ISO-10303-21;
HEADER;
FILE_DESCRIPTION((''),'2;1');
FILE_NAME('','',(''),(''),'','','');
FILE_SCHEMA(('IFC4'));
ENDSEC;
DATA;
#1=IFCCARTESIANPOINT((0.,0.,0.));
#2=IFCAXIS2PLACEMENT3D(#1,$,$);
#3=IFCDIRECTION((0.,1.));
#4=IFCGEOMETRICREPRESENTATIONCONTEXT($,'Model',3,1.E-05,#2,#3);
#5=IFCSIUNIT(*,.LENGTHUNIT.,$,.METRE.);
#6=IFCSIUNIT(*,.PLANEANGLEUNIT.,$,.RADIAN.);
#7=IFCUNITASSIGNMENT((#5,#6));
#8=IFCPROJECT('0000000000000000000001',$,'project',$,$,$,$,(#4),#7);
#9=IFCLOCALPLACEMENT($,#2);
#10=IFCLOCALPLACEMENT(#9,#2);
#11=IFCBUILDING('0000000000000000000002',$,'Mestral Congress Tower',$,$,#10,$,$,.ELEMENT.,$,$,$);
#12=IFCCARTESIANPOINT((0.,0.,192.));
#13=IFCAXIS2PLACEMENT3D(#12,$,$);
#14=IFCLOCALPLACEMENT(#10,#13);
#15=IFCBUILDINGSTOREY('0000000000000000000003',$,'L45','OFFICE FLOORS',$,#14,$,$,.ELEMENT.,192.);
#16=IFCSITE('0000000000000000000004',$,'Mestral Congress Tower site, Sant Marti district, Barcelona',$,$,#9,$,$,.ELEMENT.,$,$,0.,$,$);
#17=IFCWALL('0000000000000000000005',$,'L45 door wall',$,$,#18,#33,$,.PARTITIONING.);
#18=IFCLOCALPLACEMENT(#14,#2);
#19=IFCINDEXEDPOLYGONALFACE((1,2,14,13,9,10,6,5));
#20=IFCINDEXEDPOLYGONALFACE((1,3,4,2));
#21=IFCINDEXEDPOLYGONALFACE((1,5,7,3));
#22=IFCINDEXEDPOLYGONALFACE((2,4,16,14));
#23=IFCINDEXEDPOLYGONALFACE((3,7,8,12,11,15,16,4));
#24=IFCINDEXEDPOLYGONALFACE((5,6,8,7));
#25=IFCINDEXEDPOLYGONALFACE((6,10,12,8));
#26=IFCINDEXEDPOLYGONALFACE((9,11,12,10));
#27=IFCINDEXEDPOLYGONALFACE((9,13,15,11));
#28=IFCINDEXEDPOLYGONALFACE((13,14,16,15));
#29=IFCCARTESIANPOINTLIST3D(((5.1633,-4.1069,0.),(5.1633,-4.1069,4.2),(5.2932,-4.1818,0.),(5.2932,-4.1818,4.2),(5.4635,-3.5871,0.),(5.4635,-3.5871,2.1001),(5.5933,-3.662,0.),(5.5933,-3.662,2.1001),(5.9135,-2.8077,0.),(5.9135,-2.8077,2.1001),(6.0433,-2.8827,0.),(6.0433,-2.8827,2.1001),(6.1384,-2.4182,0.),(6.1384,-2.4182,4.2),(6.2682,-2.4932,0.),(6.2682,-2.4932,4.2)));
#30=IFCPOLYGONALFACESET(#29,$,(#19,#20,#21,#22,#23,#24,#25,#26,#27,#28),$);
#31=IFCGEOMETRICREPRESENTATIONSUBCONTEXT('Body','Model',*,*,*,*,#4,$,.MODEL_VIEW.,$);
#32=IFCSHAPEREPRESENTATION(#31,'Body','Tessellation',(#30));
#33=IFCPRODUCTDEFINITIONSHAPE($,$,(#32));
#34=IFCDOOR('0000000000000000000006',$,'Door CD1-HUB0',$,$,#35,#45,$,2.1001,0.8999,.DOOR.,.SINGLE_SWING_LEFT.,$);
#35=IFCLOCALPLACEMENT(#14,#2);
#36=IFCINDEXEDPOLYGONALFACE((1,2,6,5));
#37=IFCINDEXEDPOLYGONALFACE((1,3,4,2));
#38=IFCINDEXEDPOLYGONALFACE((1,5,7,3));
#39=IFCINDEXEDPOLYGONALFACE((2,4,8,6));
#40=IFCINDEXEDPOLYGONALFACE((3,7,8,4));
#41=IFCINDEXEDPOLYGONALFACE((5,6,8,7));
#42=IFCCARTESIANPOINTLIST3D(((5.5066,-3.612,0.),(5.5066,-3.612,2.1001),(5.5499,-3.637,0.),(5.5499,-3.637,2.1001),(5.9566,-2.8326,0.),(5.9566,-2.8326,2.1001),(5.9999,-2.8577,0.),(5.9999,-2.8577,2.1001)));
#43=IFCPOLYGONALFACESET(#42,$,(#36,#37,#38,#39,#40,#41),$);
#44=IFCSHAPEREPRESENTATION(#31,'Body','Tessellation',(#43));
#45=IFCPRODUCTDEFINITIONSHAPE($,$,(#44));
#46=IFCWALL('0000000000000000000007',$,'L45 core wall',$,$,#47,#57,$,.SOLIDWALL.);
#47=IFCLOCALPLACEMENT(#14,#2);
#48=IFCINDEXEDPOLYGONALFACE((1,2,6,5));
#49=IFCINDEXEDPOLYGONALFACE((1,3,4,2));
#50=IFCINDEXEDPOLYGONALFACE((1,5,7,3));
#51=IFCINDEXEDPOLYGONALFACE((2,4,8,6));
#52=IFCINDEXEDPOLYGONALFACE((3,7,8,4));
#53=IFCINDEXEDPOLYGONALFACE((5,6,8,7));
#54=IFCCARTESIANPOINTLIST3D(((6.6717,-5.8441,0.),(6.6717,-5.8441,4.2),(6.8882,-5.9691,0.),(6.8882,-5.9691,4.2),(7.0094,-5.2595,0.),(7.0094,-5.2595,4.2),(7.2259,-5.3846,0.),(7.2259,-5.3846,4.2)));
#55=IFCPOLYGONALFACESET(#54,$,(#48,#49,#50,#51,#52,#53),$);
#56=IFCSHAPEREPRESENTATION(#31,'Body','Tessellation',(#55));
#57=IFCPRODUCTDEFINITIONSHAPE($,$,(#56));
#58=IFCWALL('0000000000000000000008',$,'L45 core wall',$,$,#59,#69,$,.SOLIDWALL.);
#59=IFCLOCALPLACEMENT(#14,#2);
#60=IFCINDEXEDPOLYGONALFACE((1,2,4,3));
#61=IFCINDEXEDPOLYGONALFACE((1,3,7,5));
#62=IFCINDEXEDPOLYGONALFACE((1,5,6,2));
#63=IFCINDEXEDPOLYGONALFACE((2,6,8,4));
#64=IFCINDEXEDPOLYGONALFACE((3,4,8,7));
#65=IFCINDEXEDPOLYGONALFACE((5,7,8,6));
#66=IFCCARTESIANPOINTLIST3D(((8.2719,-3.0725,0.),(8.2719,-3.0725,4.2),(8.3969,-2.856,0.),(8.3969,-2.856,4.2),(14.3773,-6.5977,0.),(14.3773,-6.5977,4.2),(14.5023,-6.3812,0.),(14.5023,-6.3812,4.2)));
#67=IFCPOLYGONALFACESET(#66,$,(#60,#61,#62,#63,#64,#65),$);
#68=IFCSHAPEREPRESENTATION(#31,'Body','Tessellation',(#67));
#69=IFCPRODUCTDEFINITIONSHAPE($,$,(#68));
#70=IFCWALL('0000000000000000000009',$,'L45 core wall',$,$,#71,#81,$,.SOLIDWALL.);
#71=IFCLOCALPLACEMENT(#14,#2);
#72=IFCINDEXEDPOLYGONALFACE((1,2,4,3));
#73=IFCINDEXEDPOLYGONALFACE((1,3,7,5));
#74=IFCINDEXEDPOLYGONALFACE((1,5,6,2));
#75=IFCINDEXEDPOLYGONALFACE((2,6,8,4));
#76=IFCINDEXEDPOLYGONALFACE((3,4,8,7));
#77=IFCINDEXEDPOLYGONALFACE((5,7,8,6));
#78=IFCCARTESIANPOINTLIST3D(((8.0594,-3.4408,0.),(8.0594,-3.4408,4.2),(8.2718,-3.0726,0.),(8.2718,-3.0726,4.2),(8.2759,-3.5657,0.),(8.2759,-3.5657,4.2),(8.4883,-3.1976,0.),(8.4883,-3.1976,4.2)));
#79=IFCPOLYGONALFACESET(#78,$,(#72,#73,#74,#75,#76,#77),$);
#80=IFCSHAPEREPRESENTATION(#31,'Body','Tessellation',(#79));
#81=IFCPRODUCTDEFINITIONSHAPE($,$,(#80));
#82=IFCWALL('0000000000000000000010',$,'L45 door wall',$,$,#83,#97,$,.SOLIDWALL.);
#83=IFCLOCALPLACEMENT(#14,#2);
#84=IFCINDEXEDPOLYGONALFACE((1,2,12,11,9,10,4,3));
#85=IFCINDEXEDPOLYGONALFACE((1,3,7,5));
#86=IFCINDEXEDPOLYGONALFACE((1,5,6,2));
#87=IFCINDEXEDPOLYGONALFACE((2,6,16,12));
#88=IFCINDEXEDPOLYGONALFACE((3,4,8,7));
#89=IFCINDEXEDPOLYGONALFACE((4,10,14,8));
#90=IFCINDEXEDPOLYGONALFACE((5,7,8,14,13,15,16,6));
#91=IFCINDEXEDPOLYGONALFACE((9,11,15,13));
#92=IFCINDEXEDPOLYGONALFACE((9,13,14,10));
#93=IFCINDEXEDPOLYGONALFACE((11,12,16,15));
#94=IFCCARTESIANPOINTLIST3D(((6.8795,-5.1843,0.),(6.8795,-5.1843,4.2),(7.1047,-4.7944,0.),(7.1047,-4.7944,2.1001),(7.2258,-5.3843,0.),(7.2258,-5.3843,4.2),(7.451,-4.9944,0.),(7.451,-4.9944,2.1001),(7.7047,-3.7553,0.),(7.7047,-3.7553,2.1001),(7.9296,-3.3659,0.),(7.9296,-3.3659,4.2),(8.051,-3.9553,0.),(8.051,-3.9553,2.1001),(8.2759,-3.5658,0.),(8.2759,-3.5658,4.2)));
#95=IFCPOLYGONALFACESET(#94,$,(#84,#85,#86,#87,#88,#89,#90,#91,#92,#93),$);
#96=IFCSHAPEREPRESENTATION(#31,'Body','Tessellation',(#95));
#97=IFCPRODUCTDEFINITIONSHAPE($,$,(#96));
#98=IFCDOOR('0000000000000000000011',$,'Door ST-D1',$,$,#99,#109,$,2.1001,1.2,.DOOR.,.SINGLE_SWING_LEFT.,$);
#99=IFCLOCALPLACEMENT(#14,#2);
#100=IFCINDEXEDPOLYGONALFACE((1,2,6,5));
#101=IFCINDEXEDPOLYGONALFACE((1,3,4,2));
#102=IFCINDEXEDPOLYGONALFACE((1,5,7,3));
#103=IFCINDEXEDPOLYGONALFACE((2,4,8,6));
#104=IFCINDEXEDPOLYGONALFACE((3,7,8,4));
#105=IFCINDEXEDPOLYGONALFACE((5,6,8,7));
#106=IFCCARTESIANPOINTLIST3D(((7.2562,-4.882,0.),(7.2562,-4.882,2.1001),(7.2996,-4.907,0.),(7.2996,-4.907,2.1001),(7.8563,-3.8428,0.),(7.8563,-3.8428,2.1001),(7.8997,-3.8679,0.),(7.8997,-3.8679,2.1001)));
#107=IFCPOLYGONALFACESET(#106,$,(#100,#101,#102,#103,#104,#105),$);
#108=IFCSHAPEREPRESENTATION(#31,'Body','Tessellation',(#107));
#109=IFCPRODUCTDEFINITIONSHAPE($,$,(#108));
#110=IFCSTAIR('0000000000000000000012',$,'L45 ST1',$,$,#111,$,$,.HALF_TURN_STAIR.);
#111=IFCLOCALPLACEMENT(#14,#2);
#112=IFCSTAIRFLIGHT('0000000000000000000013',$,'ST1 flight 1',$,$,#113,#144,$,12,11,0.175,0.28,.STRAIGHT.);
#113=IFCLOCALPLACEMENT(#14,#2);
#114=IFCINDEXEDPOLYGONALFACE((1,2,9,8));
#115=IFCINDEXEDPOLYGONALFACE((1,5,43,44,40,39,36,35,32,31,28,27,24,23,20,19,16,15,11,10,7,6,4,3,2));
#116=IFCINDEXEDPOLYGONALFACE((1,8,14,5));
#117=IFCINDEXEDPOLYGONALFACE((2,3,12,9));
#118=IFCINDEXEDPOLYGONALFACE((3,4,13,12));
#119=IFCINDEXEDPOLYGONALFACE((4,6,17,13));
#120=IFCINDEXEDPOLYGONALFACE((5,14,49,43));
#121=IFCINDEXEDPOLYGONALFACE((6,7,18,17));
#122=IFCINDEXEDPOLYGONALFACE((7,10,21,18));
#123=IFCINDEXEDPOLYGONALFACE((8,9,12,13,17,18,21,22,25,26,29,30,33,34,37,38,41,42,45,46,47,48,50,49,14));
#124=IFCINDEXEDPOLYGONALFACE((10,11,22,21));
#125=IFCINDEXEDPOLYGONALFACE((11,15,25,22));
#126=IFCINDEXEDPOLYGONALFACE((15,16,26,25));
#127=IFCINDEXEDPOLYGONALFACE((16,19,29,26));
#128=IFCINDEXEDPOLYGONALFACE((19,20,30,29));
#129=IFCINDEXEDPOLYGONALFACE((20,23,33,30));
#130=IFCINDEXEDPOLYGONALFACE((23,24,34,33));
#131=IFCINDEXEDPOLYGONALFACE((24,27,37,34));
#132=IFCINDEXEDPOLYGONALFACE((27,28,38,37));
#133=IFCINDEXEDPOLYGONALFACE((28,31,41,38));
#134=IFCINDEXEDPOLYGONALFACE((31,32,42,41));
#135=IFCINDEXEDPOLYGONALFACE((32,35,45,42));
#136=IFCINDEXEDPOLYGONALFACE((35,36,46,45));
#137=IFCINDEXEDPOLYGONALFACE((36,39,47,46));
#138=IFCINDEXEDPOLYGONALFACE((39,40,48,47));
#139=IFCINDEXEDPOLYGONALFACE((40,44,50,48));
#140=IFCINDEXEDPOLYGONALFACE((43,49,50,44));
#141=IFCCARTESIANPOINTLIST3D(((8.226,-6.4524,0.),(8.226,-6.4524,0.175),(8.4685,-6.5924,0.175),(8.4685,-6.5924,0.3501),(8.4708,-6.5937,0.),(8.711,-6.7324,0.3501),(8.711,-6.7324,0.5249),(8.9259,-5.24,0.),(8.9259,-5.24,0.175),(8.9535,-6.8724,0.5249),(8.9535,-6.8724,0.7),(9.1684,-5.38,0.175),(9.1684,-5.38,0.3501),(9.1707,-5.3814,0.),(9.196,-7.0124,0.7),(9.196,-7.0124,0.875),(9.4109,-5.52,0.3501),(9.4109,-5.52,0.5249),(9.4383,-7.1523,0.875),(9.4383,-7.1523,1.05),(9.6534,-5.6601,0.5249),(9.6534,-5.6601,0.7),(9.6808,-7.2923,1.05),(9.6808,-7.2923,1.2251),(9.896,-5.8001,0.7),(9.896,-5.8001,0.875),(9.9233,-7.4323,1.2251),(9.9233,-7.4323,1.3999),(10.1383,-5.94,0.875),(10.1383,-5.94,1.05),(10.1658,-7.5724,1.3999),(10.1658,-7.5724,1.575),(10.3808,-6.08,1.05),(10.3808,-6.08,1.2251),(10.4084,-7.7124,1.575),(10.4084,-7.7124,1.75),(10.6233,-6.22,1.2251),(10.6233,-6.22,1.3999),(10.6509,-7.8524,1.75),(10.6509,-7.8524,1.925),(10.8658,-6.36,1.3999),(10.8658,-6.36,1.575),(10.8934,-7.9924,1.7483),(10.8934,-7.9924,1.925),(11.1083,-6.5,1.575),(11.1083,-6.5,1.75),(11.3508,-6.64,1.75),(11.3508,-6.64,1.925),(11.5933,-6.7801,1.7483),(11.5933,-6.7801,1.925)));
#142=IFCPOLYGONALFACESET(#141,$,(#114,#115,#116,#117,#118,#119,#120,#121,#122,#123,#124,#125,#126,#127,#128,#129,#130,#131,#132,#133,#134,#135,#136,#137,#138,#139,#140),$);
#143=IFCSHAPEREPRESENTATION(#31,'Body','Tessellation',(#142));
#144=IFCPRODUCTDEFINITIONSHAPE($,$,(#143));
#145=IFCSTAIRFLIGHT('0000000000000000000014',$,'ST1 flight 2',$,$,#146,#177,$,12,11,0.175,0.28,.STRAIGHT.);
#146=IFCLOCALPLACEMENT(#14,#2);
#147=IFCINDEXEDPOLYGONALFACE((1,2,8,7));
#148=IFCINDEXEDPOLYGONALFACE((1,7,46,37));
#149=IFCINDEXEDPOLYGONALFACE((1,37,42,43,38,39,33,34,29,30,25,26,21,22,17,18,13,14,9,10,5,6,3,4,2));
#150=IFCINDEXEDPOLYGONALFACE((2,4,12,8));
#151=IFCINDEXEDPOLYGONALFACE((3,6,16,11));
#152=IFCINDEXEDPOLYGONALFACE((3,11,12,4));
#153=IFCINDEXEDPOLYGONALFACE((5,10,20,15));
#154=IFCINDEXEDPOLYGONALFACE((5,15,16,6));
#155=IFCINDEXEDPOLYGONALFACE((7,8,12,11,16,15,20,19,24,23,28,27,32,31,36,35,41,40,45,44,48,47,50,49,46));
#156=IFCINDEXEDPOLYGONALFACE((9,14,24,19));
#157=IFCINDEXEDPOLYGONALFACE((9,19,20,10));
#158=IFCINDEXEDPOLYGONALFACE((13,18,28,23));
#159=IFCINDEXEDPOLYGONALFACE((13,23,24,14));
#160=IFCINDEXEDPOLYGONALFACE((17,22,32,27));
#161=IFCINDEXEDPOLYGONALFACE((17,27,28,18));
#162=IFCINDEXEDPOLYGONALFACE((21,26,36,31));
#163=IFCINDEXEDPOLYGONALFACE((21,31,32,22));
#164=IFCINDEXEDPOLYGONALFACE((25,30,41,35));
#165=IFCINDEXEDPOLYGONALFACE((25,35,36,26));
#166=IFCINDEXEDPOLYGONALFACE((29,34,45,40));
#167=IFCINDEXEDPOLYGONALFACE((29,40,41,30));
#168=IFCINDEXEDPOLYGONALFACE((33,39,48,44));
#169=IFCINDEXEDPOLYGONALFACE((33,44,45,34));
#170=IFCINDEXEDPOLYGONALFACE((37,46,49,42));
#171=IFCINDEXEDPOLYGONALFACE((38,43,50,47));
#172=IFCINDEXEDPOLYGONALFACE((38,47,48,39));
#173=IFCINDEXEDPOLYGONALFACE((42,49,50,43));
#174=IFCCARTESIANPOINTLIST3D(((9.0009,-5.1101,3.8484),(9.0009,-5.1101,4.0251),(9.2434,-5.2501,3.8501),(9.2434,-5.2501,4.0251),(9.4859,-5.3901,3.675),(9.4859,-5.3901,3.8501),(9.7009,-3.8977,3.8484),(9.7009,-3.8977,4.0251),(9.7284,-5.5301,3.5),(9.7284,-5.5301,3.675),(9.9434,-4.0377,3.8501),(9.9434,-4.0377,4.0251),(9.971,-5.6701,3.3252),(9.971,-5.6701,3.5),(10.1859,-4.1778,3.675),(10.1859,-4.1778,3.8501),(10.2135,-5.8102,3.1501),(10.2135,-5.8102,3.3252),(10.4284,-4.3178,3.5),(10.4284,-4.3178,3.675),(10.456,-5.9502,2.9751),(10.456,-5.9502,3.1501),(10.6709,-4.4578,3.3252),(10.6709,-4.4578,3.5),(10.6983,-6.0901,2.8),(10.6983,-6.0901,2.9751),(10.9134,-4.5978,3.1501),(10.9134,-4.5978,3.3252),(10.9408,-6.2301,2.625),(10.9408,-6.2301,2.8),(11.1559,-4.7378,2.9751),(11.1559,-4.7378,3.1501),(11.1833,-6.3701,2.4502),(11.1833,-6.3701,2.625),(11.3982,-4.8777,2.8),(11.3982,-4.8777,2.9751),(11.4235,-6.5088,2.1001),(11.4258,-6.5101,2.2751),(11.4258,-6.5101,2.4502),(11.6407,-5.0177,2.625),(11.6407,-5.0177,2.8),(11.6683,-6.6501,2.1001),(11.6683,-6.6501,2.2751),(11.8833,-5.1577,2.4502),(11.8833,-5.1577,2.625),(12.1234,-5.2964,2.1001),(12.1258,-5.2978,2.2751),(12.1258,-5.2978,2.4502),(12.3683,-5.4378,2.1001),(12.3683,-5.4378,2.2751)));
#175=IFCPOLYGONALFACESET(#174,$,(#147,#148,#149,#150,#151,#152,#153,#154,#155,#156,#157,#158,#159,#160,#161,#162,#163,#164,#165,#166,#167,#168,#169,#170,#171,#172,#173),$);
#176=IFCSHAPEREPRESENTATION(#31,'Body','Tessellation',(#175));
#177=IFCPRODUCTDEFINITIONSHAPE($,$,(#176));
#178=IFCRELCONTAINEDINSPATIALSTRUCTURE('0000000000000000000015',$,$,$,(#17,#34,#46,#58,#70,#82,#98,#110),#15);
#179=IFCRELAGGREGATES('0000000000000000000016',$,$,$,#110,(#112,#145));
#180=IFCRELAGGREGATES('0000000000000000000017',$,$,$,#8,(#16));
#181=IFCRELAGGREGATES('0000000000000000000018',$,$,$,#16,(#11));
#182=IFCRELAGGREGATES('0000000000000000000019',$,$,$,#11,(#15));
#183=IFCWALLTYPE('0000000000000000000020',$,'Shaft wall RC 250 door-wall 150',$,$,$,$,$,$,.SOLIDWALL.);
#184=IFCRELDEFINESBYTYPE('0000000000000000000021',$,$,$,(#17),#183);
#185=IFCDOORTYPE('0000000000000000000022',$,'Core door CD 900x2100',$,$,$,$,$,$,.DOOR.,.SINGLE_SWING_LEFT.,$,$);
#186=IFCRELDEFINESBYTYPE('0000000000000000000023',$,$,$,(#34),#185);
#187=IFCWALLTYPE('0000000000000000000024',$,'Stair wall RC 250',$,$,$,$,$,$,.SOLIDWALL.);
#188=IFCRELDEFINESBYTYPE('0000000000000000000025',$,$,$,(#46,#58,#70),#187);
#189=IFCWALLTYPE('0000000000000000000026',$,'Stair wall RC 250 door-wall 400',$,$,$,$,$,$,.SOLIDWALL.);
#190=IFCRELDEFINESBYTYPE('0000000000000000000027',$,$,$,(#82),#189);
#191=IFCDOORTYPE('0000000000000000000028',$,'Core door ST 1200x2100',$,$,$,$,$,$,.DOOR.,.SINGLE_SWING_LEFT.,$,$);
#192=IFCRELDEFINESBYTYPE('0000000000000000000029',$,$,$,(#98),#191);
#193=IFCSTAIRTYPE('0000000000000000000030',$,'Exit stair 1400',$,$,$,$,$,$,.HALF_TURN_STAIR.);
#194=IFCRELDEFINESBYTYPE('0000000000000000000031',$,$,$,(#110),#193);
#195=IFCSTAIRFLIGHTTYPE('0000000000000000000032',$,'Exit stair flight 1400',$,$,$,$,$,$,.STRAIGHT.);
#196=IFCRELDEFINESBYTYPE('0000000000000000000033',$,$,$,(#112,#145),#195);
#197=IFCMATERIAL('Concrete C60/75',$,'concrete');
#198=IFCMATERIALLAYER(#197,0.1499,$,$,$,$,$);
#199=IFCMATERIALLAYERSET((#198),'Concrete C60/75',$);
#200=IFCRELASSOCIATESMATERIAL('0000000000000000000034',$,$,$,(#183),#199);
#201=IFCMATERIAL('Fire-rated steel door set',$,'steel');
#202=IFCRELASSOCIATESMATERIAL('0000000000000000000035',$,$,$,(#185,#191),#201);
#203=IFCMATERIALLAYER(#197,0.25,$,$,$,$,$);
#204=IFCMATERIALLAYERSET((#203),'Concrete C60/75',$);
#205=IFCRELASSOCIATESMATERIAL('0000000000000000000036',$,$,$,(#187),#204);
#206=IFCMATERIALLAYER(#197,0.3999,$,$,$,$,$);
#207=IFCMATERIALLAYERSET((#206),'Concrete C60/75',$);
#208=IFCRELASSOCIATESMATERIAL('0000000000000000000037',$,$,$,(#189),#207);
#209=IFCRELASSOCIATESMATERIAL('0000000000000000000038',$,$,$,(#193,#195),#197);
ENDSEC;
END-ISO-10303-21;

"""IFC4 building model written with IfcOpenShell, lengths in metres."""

from ifc_helpers import new_model, si_unit, direction, frame, frame_2d, origin, place, context, subcontext, project, spatial, polyline, rectangle, outline, extrude, material, layer, layer_set, type_object, element, fill, aggregate, save


model = new_model("IFC4")

# Units and contexts
model_context = context("Model", 3, precision=1e-05, world=origin(), true_north=direction((0.0, 1.0)))
body_context = subcontext(model_context, "Body", "Model", "MODEL_VIEW")
ifc_project = project(units=[si_unit("LENGTHUNIT", "METRE"), si_unit("PLANEANGLEUNIT", "RADIAN")], contexts=[model_context])

# Site, building, storey
site_placement = place(None, origin())
site = spatial("IfcSite", under=ifc_project, at=site_placement, Name="Mestral Congress Tower site, Sant Marti district, Barcelona", CompositionType="ELEMENT", RefElevation=0.0)
building_placement = place(site_placement, origin())
building = spatial("IfcBuilding", under=site, at=building_placement, Name="Mestral Congress Tower", CompositionType="ELEMENT")
storey_placement = place(building_placement, frame((0.0, 0.0, 192.0)))
storey = spatial("IfcBuildingStorey", under=building, at=storey_placement, Name="L45", Description="OFFICE FLOORS", CompositionType="ELEMENT", Elevation=192.0)

# Shared definitions
ifc_material_1 = material(Name="Concrete C60/75", Category="concrete")

# Shared definitions
ifc_material_2 = material(Name="Fire-rated steel door set", Category="steel")

# Shared definitions
ifc_layer_1 = layer(ifc_material_1, 0.1499)
ifc_layer_set_1 = layer_set([ifc_layer_1], Name="Concrete C60/75")
wall_type_1 = type_object("IfcWallType", Name="Shaft wall RC 250 door-wall 150", PredefinedType="SOLIDWALL", material=ifc_layer_set_1)

# Wall, opening, door
wall_1_placement = place(storey_placement, frame((6.2034, -2.4556, 0.0), z_axis=(0.0, 0.0, 1.0), x_axis=(-0.500044, -0.866, 0.0)))
wall_1 = element("IfcWall", 1, at=wall_1_placement, inside=storey, type_object=wall_type_1, Name="L45 door wall", PredefinedType="PARTITIONING", context=body_context, shape_type="SweptSolid", body=[
    extrude(rectangle(XDim=1.95, YDim=0.1499, at=frame_2d((0.9751, 0.0))), origin(), (0.0, 0.0, 1.0), 4.2),
])
opening_1_placement = place(wall_1_placement, frame((0.45, 0.0, 0.0)))
opening_1 = element("IfcOpeningElement", 2, at=opening_1_placement, cuts=wall_1, PredefinedType="OPENING", context=body_context, shape_type="SweptSolid", body=[
    extrude(rectangle(XDim=0.8999, YDim=2.1001, at=frame_2d((0.45, 1.05))), frame((0.0, 0.085, 0.0), z_axis=(0.0, -1.0, 0.0), x_axis=(1.0, 0.0, 0.0)), (0.0, 0.0, 1.0), 0.1699),
])
door_type_1 = type_object("IfcDoorType", Name="Core door CD 900x2100", OperationType="SINGLE_SWING_LEFT", PredefinedType="DOOR", material=ifc_material_2)
door_1_placement = place(opening_1_placement, origin())
door_1 = element("IfcDoor", 3, at=door_1_placement, inside=storey, type_object=door_type_1, Name="Door CD1-HUB0", OperationType="SINGLE_SWING_LEFT", OverallHeight=2.1001, OverallWidth=0.8999, PredefinedType="DOOR", context=body_context, shape_type="SweptSolid", body=[
    extrude(rectangle(XDim=0.8999, YDim=2.1001, at=frame_2d((0.45, 1.05))), frame((0.0, 0.0249, 0.0), z_axis=(0.0, -1.0, 0.0), x_axis=(1.0, 0.0, 0.0)), (0.0, 0.0, 1.0), 0.05),
])
fill(opening_1, door_1)

# Walls
ifc_layer_2 = layer(ifc_material_1, 0.25)
ifc_layer_set_2 = layer_set([ifc_layer_2], Name="Concrete C60/75")
wall_type_2 = type_object("IfcWallType", Name="Stair wall RC 250", PredefinedType="SOLIDWALL", material=ifc_layer_set_2)
wall_2_placement = place(storey_placement, frame((6.78, -5.9065, 0.0), z_axis=(0.0, 0.0, 1.0), x_axis=(0.500223, 0.865896, 0.0)))
element("IfcWall", 4, at=wall_2_placement, inside=storey, type_object=wall_type_2, Name="L45 core wall", PredefinedType="SOLIDWALL", context=body_context, shape_type="SweptSolid", body=[
    extrude(rectangle(XDim=0.675, YDim=0.25, at=frame_2d((0.3374, 0.0))), origin(), (0.0, 0.0, 1.0), 4.2),
])
wall_3_placement = place(storey_placement, frame((8.3345, -2.9644, 0.0), z_axis=(0.0, 0.0, 1.0), x_axis=(0.866016, -0.500016, 0.0)))
element("IfcWall", 5, at=wall_3_placement, inside=storey, type_object=wall_type_2, Name="L45 core wall", PredefinedType="SOLIDWALL", context=body_context, shape_type="SweptSolid", body=[
    extrude(rectangle(XDim=7.05, YDim=0.25, at=frame_2d((3.5249, 0.0))), origin(), (0.0, 0.0, 1.0), 4.2),
])
wall_4_placement = place(storey_placement, frame((8.1677, -3.5032, 0.0), z_axis=(0.0, 0.0, 1.0), x_axis=(0.499722, 0.866186, 0.0)))
element("IfcWall", 6, at=wall_4_placement, inside=storey, type_object=wall_type_2, Name="L45 core wall", PredefinedType="SOLIDWALL", context=body_context, shape_type="SweptSolid", body=[
    extrude(rectangle(XDim=0.425, YDim=0.25, at=frame_2d((0.2124, 0.0))), origin(), (0.0, 0.0, 1.0), 4.2),
])

# Wall, opening, door
ifc_layer_3 = layer(ifc_material_1, 0.3999)
ifc_layer_set_3 = layer_set([ifc_layer_3], Name="Concrete C60/75")
wall_type_3 = type_object("IfcWallType", Name="Stair wall RC 250 door-wall 400", PredefinedType="SOLIDWALL", material=ifc_layer_set_3)
wall_5_placement = place(storey_placement, frame((7.0527, -5.2842, 0.0), z_axis=(0.0, 0.0, 1.0), x_axis=(0.500078, 0.86598, 0.0)))
wall_5 = element("IfcWall", 7, at=wall_5_placement, inside=storey, type_object=wall_type_3, Name="L45 door wall", PredefinedType="SOLIDWALL", context=body_context, shape_type="SweptSolid", body=[
    extrude(rectangle(XDim=2.0999, YDim=0.3999, at=frame_2d((1.0498, 0.0))), origin(), (0.0, 0.0, 1.0), 4.2),
])
opening_2_placement = place(wall_5_placement, frame((0.45, 0.0, 0.0)))
opening_2 = element("IfcOpeningElement", 8, at=opening_2_placement, cuts=wall_5, PredefinedType="OPENING", context=body_context, shape_type="SweptSolid", body=[
    extrude(rectangle(XDim=1.2, YDim=2.1001, at=frame_2d((0.6001, 1.05))), frame((0.0, 0.21, 0.0), z_axis=(0.0, -1.0, 0.0), x_axis=(1.0, 0.0, 0.0)), (0.0, 0.0, 1.0), 0.4199),
])
door_type_2 = type_object("IfcDoorType", Name="Core door ST 1200x2100", OperationType="SINGLE_SWING_LEFT", PredefinedType="DOOR", material=ifc_material_2)
door_2_placement = place(opening_2_placement, origin())
door_2 = element("IfcDoor", 9, at=door_2_placement, inside=storey, type_object=door_type_2, Name="Door ST-D1", OperationType="SINGLE_SWING_LEFT", OverallHeight=2.1001, OverallWidth=1.2, PredefinedType="DOOR", context=body_context, shape_type="SweptSolid", body=[
    extrude(rectangle(XDim=1.2, YDim=2.1001, at=frame_2d((0.6001, 1.05))), frame((0.0, 0.0249, 0.0), z_axis=(0.0, -1.0, 0.0), x_axis=(1.0, 0.0, 0.0)), (0.0, 0.0, 1.0), 0.05),
])
fill(opening_2, door_2)

# Stair, stair flights
stair_type = type_object("IfcStairType", Name="Exit stair 1400", PredefinedType="HALF_TURN_STAIR", material=ifc_material_1)
stair_placement = place(storey_placement, origin())
stair = element("IfcStair", 10, at=stair_placement, inside=storey, type_object=stair_type, Name="L45 ST1", PredefinedType="HALF_TURN_STAIR")
stair_flight_type = type_object("IfcStairFlightType", Name="Exit stair flight 1400", PredefinedType="STRAIGHT", material=ifc_material_1)
stair_flight_1_placement = place(storey_placement, frame((8.5759, -5.8462, 0.0), z_axis=(0.0, 0.0, 1.0), x_axis=(0.866025, -0.5, 0.0)))
stair_flight_1 = element("IfcStairFlight", 11, at=stair_flight_1_placement, type_object=stair_flight_type, Name="ST1 flight 1", NumberOfRisers=12, NumberOfTreads=11, PredefinedType="STRAIGHT", RiserHeight=0.175, TreadLength=0.28, context=body_context, shape_type="SweptSolid", body=[
    extrude(outline(polyline([(0.0, 0.0), (0.0, 0.175), (0.28, 0.175), (0.28, 0.3501), (0.5601, 0.3501), (0.5601, 0.5249), (0.8401, 0.5249), (0.8401, 0.7), (1.1201, 0.7), (1.1201, 0.875), (1.3999, 0.875), (1.3999, 1.05), (1.6799, 1.05), (1.6799, 1.2251), (1.96, 1.2251), (1.96, 1.3999), (2.24, 1.3999), (2.24, 1.575), (2.52, 1.575), (2.52, 1.75), (2.8, 1.75), (2.8, 1.925), (3.0801, 1.925), (3.0801, 2.1001), (3.0801, 1.7483), (0.2827, 0.0), (0.0, 0.0)])), frame((0.0, 0.7, 0.0), z_axis=(0.0, -1.0, 0.0), x_axis=(1.0, 0.0, 0.0)), (0.0, 0.0, 1.0), 1.3999),
])
stair_flight_2_placement = place(storey_placement, frame((12.0183, -6.0439, 2.1001), z_axis=(0.0, 0.0, 1.0), x_axis=(-0.866025, 0.5, 0.0)))
stair_flight_2 = element("IfcStairFlight", 12, at=stair_flight_2_placement, type_object=stair_flight_type, Name="ST1 flight 2", NumberOfRisers=12, NumberOfTreads=11, PredefinedType="STRAIGHT", RiserHeight=0.175, TreadLength=0.28, context=body_context, shape_type="SweptSolid", body=[
    extrude(outline(polyline([(0.0, 0.0), (0.0, 0.175), (0.28, 0.175), (0.28, 0.3501), (0.5601, 0.3501), (0.5601, 0.5249), (0.8401, 0.5249), (0.8401, 0.7), (1.1201, 0.7), (1.1201, 0.875), (1.3999, 0.875), (1.3999, 1.05), (1.6799, 1.05), (1.6799, 1.2251), (1.96, 1.2251), (1.96, 1.3999), (2.24, 1.3999), (2.24, 1.575), (2.52, 1.575), (2.52, 1.75), (2.8, 1.75), (2.8, 1.925), (3.0801, 1.925), (3.0801, 2.1001), (3.0801, 1.7483), (0.2827, 0.0), (0.0, 0.0)])), frame((0.0, 0.7, 0.0), z_axis=(0.0, -1.0, 0.0), x_axis=(1.0, 0.0, 0.0)), (0.0, 0.0, 1.0), 1.3999),
])
aggregate(stair, [stair_flight_1, stair_flight_2])

save(model, "model.ifc")
